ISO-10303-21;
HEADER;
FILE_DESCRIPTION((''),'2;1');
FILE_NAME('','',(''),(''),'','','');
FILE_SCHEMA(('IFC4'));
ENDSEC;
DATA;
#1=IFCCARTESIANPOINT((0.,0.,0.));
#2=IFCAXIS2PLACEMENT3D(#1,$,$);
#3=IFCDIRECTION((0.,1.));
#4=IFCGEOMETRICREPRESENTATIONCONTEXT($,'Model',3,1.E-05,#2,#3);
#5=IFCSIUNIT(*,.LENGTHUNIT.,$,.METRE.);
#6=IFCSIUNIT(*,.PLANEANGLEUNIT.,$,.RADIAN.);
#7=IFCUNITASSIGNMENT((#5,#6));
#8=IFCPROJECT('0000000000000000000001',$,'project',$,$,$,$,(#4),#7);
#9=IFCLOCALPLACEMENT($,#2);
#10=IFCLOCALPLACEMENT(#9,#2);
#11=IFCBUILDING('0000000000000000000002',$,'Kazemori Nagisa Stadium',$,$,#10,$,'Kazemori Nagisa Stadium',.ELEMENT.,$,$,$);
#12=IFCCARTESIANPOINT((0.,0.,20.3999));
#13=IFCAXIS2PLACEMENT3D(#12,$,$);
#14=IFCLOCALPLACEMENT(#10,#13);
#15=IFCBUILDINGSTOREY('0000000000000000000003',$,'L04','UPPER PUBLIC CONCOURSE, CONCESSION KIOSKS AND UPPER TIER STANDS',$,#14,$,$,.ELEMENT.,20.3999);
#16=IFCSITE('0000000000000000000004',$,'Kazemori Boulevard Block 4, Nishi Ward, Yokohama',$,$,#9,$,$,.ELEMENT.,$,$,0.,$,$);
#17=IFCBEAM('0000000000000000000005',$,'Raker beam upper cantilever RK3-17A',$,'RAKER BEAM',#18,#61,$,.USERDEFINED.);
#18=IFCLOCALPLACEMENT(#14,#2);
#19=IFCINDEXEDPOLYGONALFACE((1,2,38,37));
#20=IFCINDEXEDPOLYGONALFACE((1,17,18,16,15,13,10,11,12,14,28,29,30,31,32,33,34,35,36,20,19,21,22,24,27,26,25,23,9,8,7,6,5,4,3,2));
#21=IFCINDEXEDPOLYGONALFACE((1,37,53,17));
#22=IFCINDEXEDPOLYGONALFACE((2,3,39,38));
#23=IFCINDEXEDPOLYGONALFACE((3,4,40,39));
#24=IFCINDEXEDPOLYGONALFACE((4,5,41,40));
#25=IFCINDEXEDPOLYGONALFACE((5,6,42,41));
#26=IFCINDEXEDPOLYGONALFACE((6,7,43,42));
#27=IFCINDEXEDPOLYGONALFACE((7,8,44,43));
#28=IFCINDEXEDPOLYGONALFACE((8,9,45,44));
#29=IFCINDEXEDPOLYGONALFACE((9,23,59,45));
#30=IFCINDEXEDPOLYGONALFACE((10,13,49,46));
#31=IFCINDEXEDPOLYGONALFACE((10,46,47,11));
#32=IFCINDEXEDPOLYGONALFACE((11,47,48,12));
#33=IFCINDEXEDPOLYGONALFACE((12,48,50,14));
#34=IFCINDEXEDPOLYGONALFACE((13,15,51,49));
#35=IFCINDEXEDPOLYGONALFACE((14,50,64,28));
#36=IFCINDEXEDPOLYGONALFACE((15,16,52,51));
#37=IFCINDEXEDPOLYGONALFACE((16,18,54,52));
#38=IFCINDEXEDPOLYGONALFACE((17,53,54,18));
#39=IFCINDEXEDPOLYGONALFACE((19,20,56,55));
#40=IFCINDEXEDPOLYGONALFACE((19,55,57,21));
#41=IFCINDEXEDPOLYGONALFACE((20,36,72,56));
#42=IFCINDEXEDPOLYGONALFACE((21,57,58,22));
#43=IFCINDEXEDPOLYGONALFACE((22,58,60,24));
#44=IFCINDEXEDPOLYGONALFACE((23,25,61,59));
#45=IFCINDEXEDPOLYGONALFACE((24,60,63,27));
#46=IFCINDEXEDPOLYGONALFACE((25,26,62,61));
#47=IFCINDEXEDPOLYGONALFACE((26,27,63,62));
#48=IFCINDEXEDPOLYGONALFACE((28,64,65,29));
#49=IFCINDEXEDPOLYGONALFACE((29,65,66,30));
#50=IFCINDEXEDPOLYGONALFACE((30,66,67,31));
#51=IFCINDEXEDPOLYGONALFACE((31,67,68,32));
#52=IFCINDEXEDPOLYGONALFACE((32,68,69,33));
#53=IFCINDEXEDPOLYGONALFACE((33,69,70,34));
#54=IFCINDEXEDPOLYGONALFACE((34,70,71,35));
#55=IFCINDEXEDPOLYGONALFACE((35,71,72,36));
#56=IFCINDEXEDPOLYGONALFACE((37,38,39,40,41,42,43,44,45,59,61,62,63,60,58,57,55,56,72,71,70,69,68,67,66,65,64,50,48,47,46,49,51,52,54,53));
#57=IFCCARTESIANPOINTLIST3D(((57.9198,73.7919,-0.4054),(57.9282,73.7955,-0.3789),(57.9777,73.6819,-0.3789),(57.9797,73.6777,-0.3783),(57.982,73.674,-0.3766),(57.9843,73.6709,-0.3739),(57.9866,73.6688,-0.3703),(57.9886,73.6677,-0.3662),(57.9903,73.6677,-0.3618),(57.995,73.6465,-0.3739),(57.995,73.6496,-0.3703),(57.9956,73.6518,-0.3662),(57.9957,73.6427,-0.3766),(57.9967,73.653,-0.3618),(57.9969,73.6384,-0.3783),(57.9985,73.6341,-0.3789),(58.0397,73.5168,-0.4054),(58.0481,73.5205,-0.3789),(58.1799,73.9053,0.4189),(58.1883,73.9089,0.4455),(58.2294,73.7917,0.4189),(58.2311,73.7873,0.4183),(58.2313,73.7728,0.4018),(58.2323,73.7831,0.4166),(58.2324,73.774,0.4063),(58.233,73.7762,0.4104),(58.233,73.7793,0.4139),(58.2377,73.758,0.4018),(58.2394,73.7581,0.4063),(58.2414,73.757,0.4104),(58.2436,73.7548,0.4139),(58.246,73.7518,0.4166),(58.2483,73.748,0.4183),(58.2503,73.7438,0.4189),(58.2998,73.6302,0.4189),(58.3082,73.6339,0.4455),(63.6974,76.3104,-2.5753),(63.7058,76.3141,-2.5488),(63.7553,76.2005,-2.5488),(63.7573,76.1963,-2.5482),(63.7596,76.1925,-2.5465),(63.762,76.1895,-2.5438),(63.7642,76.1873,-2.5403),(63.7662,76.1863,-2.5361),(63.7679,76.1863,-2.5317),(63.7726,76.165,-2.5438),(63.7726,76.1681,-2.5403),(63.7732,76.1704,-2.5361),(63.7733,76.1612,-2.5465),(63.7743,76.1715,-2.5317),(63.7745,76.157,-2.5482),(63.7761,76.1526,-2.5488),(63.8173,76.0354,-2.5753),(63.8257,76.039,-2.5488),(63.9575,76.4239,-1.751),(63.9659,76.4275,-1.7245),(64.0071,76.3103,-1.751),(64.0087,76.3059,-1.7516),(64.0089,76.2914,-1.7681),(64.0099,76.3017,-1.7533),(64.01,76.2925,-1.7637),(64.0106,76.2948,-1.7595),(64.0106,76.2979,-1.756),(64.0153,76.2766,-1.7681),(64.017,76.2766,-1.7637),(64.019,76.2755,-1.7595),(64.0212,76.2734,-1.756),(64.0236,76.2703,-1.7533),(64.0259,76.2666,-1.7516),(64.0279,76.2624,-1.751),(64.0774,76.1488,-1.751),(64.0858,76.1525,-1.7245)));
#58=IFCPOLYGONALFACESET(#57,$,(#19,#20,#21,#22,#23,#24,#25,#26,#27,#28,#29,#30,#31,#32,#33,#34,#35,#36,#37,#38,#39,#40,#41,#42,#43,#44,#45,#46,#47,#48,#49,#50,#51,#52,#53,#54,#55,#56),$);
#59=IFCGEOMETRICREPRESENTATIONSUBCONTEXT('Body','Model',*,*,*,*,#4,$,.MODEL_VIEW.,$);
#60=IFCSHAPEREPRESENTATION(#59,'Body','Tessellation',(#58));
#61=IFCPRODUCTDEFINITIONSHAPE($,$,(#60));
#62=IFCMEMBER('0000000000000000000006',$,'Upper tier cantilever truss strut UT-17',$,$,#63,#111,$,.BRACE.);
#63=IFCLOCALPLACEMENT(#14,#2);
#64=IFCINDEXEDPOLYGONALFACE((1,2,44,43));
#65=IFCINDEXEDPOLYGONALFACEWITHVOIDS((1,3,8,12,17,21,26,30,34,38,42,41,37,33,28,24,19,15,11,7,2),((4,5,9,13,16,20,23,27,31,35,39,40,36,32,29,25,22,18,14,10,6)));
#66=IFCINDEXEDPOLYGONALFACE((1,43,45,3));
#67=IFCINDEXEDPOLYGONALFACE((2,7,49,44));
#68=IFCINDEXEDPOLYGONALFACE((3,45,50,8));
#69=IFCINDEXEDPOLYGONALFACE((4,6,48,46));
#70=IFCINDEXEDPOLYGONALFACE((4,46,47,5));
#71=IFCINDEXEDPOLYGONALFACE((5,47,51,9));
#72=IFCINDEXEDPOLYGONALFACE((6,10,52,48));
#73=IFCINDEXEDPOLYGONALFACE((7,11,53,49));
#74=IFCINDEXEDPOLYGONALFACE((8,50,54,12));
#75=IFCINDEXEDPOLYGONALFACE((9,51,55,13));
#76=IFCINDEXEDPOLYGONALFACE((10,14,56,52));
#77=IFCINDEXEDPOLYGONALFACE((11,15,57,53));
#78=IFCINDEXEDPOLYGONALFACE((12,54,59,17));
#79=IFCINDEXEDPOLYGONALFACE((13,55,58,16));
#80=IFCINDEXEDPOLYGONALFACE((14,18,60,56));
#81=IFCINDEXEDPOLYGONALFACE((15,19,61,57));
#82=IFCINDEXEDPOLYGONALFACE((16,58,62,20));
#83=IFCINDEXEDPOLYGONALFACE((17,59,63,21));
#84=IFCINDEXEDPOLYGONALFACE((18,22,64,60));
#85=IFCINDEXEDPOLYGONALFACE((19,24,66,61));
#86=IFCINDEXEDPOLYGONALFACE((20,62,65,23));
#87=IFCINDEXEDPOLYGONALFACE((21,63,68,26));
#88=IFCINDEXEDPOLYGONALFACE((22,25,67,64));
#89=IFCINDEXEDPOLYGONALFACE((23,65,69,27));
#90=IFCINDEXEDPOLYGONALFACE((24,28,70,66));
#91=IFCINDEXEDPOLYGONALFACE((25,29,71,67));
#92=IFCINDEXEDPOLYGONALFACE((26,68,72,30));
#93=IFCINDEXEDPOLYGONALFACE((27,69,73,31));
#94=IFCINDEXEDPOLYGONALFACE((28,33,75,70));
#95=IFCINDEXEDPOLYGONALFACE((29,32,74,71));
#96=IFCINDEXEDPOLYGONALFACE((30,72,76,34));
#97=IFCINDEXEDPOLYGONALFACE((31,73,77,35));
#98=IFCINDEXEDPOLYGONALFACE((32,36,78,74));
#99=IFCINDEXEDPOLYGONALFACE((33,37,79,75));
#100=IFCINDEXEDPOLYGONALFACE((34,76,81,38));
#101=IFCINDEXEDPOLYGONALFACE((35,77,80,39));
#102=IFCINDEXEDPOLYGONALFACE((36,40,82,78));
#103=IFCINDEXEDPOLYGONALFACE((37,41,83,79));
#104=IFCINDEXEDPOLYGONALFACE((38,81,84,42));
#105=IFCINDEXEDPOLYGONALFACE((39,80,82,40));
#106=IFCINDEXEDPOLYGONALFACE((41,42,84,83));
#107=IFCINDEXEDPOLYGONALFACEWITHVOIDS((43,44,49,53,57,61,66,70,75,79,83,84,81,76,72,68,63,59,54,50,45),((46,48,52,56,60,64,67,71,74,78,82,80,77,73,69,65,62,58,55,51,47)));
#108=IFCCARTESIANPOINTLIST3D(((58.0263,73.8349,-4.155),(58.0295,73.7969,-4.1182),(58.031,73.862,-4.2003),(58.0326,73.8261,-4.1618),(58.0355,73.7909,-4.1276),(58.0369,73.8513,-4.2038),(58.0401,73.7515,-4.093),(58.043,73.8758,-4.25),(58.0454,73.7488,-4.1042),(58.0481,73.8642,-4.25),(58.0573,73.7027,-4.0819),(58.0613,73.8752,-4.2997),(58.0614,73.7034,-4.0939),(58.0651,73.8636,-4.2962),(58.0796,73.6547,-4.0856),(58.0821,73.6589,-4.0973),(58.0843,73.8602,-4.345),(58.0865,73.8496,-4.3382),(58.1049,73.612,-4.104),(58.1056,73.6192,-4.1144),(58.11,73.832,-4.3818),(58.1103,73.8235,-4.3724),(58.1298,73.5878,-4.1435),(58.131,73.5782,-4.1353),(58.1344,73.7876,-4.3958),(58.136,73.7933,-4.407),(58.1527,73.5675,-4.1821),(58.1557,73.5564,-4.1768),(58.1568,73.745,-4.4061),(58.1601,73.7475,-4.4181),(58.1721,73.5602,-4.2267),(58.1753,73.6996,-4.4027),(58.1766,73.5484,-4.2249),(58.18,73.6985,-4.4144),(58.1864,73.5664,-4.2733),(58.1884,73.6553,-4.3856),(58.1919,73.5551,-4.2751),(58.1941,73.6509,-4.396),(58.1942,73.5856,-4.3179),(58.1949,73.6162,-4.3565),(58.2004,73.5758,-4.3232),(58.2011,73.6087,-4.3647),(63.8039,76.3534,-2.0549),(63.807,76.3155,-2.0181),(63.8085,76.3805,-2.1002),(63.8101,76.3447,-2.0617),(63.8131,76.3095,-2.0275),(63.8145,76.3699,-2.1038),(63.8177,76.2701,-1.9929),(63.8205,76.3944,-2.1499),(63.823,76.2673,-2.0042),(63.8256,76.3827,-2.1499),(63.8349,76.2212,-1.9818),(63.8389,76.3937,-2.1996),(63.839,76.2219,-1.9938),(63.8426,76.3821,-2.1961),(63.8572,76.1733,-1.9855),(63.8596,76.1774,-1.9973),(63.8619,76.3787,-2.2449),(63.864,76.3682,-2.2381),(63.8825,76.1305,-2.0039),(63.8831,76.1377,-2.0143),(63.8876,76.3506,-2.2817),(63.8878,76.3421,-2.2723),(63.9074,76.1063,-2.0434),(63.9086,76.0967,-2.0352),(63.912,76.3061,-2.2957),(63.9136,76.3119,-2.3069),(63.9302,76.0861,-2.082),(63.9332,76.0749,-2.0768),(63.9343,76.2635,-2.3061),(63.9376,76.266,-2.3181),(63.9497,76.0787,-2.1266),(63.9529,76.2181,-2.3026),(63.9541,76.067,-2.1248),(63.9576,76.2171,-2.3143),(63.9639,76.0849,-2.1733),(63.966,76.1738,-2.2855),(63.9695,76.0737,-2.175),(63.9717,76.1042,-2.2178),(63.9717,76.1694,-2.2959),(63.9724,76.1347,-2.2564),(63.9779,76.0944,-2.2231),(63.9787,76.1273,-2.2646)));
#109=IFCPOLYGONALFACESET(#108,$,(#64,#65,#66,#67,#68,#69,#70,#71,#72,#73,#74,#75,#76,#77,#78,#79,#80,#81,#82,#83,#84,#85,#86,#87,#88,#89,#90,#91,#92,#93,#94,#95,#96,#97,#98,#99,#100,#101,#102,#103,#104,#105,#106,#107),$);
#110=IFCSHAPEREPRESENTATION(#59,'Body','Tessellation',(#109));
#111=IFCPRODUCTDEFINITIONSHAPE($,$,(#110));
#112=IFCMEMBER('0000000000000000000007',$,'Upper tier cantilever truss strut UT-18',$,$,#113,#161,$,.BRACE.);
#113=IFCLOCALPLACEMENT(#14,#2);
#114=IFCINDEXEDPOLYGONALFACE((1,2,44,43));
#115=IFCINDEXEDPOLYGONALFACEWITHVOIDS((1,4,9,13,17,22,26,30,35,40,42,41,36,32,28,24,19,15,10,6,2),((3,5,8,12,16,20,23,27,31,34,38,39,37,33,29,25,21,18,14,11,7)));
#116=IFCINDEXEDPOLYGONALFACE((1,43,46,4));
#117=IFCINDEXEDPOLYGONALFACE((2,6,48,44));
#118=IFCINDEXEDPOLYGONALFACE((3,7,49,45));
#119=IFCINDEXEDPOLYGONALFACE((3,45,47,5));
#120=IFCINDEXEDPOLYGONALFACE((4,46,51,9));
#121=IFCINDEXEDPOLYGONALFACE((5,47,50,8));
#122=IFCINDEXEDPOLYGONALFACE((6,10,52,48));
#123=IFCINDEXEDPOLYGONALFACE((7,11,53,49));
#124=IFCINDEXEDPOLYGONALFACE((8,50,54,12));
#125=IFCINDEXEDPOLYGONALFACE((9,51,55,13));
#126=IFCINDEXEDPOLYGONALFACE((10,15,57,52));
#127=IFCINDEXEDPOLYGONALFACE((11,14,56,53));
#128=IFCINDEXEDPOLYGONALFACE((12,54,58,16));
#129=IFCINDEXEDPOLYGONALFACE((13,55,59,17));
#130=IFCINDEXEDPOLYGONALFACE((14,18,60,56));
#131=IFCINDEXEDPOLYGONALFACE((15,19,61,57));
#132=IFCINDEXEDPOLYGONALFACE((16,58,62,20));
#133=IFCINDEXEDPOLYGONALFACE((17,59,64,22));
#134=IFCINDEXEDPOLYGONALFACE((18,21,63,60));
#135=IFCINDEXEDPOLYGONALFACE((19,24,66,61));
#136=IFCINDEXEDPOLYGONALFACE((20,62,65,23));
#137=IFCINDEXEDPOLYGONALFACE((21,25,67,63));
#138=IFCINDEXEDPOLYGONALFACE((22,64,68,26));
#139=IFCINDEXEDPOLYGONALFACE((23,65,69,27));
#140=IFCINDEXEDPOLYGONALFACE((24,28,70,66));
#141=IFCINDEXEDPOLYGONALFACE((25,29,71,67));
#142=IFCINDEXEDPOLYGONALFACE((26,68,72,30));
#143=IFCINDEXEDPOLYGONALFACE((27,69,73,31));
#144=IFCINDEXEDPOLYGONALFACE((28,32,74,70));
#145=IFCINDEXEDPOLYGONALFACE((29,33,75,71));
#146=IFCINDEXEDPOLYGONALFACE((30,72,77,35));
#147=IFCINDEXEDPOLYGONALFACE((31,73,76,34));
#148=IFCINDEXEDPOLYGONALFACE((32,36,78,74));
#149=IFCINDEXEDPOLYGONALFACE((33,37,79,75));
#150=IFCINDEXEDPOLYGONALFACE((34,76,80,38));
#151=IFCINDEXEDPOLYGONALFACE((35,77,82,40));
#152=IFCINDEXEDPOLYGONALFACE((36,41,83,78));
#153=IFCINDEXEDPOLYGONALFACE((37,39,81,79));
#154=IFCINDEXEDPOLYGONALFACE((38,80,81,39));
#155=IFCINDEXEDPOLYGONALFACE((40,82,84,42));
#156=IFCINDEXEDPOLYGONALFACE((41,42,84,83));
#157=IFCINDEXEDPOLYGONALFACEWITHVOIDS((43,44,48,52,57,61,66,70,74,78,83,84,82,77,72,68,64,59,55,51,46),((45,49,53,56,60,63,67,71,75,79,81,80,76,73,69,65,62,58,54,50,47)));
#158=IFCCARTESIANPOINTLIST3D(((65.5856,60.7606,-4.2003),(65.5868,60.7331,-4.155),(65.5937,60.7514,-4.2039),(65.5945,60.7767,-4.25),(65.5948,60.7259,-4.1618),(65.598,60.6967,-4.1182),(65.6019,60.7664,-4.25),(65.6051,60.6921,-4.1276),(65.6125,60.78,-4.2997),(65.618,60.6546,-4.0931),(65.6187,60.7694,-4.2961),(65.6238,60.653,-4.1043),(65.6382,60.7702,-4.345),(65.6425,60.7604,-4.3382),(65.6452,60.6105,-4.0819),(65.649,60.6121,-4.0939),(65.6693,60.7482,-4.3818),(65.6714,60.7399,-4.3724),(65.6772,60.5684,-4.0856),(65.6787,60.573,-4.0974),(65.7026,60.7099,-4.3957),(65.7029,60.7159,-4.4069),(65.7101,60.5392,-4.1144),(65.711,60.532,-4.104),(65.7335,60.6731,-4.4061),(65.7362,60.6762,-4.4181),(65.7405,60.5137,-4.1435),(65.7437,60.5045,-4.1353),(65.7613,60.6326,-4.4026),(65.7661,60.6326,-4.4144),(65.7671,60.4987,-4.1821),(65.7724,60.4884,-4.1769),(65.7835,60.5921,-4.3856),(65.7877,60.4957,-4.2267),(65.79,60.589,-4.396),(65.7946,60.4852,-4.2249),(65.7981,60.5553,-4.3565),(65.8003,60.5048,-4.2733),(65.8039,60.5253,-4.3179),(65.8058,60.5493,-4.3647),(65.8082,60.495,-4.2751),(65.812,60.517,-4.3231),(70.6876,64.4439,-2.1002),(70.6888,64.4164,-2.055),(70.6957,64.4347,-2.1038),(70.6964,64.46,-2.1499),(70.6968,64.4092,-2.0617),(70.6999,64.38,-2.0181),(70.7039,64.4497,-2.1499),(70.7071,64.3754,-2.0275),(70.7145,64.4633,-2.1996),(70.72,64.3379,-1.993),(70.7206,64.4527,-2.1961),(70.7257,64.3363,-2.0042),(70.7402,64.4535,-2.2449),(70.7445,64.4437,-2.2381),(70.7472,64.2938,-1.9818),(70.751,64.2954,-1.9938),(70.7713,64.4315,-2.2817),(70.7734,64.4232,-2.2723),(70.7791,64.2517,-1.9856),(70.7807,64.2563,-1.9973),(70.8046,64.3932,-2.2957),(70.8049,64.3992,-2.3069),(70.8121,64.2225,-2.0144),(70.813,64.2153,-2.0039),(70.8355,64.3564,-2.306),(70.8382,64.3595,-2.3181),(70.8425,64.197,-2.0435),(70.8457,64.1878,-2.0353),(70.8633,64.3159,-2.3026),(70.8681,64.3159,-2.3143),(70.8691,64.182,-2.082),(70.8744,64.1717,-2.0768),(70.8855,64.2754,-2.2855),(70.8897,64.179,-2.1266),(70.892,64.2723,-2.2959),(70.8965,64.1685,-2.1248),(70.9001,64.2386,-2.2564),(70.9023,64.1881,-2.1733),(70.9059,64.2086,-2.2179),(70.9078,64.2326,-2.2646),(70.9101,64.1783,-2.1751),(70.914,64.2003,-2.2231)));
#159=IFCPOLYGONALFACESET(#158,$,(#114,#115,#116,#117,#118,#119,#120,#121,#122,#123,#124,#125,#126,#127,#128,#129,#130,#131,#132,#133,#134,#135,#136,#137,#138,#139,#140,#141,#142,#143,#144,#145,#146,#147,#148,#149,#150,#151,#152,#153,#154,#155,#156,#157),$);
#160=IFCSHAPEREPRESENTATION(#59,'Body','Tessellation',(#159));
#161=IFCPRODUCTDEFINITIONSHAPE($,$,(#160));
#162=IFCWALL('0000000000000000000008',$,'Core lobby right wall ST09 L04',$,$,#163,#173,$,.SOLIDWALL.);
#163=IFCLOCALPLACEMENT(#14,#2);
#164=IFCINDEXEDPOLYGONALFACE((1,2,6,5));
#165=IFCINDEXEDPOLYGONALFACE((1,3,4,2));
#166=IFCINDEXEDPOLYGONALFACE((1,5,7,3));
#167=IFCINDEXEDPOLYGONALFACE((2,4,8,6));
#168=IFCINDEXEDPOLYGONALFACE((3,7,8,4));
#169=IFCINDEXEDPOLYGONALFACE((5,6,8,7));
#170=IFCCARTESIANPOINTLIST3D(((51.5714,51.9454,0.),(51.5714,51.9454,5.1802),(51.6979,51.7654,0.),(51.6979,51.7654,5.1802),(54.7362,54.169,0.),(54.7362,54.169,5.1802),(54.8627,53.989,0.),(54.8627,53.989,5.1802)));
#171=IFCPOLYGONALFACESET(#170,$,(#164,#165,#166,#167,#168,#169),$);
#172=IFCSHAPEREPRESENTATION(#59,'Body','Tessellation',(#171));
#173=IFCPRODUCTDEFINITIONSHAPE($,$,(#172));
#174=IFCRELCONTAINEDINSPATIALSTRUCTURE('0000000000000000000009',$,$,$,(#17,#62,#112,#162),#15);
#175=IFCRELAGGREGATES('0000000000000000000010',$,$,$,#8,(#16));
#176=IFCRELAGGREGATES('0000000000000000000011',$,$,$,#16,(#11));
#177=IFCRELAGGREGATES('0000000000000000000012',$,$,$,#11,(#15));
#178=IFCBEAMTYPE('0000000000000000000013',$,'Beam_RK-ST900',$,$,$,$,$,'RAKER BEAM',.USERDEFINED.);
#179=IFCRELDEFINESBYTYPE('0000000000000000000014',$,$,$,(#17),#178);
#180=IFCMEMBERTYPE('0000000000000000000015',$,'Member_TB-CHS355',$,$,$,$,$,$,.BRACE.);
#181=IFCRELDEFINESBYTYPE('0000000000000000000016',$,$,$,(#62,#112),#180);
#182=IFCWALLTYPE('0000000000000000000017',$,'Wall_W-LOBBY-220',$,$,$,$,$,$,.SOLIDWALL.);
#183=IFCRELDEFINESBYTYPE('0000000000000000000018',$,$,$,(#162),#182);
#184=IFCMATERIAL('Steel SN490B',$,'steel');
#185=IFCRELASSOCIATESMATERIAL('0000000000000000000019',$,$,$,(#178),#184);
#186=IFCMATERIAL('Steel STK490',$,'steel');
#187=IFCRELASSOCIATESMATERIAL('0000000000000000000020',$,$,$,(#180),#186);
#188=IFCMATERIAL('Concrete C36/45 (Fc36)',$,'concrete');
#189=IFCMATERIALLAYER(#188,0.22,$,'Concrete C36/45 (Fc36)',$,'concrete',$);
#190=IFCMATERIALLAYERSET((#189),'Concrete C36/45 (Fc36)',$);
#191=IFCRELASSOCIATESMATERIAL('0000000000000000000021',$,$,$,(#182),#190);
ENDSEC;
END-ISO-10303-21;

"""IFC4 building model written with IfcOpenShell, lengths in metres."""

from ifc_helpers import new_model, si_unit, direction, frame, frame_2d, origin, origin_2d, place, context, subcontext, project, spatial, rectangle, hollow_circle, i_section, extrude, material, layer, layer_set, material_profile, profile_set, type_object, element, save


model = new_model("IFC4")

# Units and contexts
model_context = context("Model", 3, precision=1e-05, world=origin(), true_north=direction((0.0, 1.0)))
body_context = subcontext(model_context, "Body", "Model", "MODEL_VIEW")
ifc_project = project(units=[si_unit("LENGTHUNIT", "METRE"), si_unit("PLANEANGLEUNIT", "RADIAN")], contexts=[model_context])

# Site, building, storey
site_placement = place(None, origin())
site = spatial("IfcSite", under=ifc_project, at=site_placement, Name="Kazemori Boulevard Block 4, Nishi Ward, Yokohama", CompositionType="ELEMENT", RefElevation=0.0)
building_placement = place(site_placement, origin())
building = spatial("IfcBuilding", under=site, at=building_placement, Name="Kazemori Nagisa Stadium", LongName="Kazemori Nagisa Stadium", CompositionType="ELEMENT")
storey_placement = place(building_placement, frame((0.0, 0.0, 20.3999)))
storey = spatial("IfcBuildingStorey", under=building, at=storey_placement, Name="L04", Description="UPPER PUBLIC CONCOURSE, CONCESSION KIOSKS AND UPPER TIER STANDS", CompositionType="ELEMENT", Elevation=20.3999)

# Beam
ifc_material_1 = material(Name="Steel SN490B", Category="steel")
ifc_material_profile_1 = material_profile(ifc_material_1, i_section(OverallWidth=0.3, OverallDepth=0.8999, WebThickness=0.0161, FlangeThickness=0.0281, FilletRadius=0.0181, at=origin_2d()), Name="H-900x300x16x28")
ifc_profile_set_1 = profile_set([ifc_material_profile_1], Name="Steel SN490B")
beam_type_1 = type_object("IfcBeamType", Name="Beam_RK-ST900", ElementType="RAKER BEAM", PredefinedType="USERDEFINED", material=ifc_profile_set_1)
beam_1_placement = place(storey_placement, frame((63.8916, 76.2314, -2.1499), z_axis=(-0.866758, -0.377835, 0.325533), x_axis=(0.399601, -0.916689, 0.0)))
element("IfcBeam", 1, at=beam_1_placement, inside=storey, type_object=beam_type_1, Name="Raker beam upper cantilever RK3-17A", ObjectType="RAKER BEAM", PredefinedType="USERDEFINED", context=body_context, shape_type="SweptSolid", body=[
    extrude(i_section(OverallWidth=0.3, OverallDepth=0.8999, WebThickness=0.0161, FlangeThickness=0.0281, FilletRadius=0.0181, at=origin_2d()), origin(), (0.0, 0.0, 1.0), 6.6658),
])

# Members
ifc_material_2 = material(Name="Steel STK490", Category="steel")
ifc_material_profile_2 = material_profile(ifc_material_2, hollow_circle(Radius=0.1777, WallThickness=0.0127, at=origin_2d()), Name="CHS-355.6x12.7")
ifc_profile_set_2 = profile_set([ifc_material_profile_2], Name="Steel STK490")
member_type = type_object("IfcMemberType", Name="Member_TB-CHS355", PredefinedType="BRACE", material=ifc_profile_set_2)
member_1_placement = place(storey_placement, frame((58.114, 73.7129, -4.25), z_axis=(0.86968, 0.379109, 0.31612), x_axis=(-0.399601, 0.916689, 0.0)))
element("IfcMember", 2, at=member_1_placement, inside=storey, type_object=member_type, Name="Upper tier cantilever truss strut UT-17", PredefinedType="BRACE", context=body_context, shape_type="SweptSolid", body=[
    extrude(hollow_circle(Radius=0.1777, WallThickness=0.0127, at=origin_2d()), origin(), (0.0, 0.0, 1.0), 6.6433),
])
member_2_placement = place(storey_placement, frame((65.6985, 60.6326, -4.25), z_axis=(0.76909, 0.555233, 0.316571), x_axis=(-0.585338, 0.81079, 0.0)))
element("IfcMember", 3, at=member_2_placement, inside=storey, type_object=member_type, Name="Upper tier cantilever truss strut UT-18", PredefinedType="BRACE", context=body_context, shape_type="SweptSolid", body=[
    extrude(hollow_circle(Radius=0.1777, WallThickness=0.0127, at=origin_2d()), origin(), (0.0, 0.0, 1.0), 6.6338),
])

# Wall
ifc_material_3 = material(Name="Concrete C36/45 (Fc36)", Category="concrete")
ifc_layer = layer(ifc_material_3, 0.22, Name="Concrete C36/45 (Fc36)", Category="concrete")
ifc_layer_set = layer_set([ifc_layer], Name="Concrete C36/45 (Fc36)")
wall_type = type_object("IfcWallType", Name="Wall_W-LOBBY-220", PredefinedType="SOLIDWALL", material=ifc_layer_set)
wall_placement = place(storey_placement, frame((54.7996, 54.0791, 0.0), z_axis=(0.0, 0.0, 1.0), x_axis=(-0.818225, -0.574898, 0.0)))
element("IfcWall", 4, at=wall_placement, inside=storey, type_object=wall_type, Name="Core lobby right wall ST09 L04", PredefinedType="SOLIDWALL", context=body_context, shape_type="SweptSolid", body=[
    extrude(rectangle(XDim=3.8679, YDim=0.22, at=frame_2d((1.9341, 0.0))), origin(), (0.0, 0.0, 1.0), 5.1802),
])

save(model, "model.ifc")
